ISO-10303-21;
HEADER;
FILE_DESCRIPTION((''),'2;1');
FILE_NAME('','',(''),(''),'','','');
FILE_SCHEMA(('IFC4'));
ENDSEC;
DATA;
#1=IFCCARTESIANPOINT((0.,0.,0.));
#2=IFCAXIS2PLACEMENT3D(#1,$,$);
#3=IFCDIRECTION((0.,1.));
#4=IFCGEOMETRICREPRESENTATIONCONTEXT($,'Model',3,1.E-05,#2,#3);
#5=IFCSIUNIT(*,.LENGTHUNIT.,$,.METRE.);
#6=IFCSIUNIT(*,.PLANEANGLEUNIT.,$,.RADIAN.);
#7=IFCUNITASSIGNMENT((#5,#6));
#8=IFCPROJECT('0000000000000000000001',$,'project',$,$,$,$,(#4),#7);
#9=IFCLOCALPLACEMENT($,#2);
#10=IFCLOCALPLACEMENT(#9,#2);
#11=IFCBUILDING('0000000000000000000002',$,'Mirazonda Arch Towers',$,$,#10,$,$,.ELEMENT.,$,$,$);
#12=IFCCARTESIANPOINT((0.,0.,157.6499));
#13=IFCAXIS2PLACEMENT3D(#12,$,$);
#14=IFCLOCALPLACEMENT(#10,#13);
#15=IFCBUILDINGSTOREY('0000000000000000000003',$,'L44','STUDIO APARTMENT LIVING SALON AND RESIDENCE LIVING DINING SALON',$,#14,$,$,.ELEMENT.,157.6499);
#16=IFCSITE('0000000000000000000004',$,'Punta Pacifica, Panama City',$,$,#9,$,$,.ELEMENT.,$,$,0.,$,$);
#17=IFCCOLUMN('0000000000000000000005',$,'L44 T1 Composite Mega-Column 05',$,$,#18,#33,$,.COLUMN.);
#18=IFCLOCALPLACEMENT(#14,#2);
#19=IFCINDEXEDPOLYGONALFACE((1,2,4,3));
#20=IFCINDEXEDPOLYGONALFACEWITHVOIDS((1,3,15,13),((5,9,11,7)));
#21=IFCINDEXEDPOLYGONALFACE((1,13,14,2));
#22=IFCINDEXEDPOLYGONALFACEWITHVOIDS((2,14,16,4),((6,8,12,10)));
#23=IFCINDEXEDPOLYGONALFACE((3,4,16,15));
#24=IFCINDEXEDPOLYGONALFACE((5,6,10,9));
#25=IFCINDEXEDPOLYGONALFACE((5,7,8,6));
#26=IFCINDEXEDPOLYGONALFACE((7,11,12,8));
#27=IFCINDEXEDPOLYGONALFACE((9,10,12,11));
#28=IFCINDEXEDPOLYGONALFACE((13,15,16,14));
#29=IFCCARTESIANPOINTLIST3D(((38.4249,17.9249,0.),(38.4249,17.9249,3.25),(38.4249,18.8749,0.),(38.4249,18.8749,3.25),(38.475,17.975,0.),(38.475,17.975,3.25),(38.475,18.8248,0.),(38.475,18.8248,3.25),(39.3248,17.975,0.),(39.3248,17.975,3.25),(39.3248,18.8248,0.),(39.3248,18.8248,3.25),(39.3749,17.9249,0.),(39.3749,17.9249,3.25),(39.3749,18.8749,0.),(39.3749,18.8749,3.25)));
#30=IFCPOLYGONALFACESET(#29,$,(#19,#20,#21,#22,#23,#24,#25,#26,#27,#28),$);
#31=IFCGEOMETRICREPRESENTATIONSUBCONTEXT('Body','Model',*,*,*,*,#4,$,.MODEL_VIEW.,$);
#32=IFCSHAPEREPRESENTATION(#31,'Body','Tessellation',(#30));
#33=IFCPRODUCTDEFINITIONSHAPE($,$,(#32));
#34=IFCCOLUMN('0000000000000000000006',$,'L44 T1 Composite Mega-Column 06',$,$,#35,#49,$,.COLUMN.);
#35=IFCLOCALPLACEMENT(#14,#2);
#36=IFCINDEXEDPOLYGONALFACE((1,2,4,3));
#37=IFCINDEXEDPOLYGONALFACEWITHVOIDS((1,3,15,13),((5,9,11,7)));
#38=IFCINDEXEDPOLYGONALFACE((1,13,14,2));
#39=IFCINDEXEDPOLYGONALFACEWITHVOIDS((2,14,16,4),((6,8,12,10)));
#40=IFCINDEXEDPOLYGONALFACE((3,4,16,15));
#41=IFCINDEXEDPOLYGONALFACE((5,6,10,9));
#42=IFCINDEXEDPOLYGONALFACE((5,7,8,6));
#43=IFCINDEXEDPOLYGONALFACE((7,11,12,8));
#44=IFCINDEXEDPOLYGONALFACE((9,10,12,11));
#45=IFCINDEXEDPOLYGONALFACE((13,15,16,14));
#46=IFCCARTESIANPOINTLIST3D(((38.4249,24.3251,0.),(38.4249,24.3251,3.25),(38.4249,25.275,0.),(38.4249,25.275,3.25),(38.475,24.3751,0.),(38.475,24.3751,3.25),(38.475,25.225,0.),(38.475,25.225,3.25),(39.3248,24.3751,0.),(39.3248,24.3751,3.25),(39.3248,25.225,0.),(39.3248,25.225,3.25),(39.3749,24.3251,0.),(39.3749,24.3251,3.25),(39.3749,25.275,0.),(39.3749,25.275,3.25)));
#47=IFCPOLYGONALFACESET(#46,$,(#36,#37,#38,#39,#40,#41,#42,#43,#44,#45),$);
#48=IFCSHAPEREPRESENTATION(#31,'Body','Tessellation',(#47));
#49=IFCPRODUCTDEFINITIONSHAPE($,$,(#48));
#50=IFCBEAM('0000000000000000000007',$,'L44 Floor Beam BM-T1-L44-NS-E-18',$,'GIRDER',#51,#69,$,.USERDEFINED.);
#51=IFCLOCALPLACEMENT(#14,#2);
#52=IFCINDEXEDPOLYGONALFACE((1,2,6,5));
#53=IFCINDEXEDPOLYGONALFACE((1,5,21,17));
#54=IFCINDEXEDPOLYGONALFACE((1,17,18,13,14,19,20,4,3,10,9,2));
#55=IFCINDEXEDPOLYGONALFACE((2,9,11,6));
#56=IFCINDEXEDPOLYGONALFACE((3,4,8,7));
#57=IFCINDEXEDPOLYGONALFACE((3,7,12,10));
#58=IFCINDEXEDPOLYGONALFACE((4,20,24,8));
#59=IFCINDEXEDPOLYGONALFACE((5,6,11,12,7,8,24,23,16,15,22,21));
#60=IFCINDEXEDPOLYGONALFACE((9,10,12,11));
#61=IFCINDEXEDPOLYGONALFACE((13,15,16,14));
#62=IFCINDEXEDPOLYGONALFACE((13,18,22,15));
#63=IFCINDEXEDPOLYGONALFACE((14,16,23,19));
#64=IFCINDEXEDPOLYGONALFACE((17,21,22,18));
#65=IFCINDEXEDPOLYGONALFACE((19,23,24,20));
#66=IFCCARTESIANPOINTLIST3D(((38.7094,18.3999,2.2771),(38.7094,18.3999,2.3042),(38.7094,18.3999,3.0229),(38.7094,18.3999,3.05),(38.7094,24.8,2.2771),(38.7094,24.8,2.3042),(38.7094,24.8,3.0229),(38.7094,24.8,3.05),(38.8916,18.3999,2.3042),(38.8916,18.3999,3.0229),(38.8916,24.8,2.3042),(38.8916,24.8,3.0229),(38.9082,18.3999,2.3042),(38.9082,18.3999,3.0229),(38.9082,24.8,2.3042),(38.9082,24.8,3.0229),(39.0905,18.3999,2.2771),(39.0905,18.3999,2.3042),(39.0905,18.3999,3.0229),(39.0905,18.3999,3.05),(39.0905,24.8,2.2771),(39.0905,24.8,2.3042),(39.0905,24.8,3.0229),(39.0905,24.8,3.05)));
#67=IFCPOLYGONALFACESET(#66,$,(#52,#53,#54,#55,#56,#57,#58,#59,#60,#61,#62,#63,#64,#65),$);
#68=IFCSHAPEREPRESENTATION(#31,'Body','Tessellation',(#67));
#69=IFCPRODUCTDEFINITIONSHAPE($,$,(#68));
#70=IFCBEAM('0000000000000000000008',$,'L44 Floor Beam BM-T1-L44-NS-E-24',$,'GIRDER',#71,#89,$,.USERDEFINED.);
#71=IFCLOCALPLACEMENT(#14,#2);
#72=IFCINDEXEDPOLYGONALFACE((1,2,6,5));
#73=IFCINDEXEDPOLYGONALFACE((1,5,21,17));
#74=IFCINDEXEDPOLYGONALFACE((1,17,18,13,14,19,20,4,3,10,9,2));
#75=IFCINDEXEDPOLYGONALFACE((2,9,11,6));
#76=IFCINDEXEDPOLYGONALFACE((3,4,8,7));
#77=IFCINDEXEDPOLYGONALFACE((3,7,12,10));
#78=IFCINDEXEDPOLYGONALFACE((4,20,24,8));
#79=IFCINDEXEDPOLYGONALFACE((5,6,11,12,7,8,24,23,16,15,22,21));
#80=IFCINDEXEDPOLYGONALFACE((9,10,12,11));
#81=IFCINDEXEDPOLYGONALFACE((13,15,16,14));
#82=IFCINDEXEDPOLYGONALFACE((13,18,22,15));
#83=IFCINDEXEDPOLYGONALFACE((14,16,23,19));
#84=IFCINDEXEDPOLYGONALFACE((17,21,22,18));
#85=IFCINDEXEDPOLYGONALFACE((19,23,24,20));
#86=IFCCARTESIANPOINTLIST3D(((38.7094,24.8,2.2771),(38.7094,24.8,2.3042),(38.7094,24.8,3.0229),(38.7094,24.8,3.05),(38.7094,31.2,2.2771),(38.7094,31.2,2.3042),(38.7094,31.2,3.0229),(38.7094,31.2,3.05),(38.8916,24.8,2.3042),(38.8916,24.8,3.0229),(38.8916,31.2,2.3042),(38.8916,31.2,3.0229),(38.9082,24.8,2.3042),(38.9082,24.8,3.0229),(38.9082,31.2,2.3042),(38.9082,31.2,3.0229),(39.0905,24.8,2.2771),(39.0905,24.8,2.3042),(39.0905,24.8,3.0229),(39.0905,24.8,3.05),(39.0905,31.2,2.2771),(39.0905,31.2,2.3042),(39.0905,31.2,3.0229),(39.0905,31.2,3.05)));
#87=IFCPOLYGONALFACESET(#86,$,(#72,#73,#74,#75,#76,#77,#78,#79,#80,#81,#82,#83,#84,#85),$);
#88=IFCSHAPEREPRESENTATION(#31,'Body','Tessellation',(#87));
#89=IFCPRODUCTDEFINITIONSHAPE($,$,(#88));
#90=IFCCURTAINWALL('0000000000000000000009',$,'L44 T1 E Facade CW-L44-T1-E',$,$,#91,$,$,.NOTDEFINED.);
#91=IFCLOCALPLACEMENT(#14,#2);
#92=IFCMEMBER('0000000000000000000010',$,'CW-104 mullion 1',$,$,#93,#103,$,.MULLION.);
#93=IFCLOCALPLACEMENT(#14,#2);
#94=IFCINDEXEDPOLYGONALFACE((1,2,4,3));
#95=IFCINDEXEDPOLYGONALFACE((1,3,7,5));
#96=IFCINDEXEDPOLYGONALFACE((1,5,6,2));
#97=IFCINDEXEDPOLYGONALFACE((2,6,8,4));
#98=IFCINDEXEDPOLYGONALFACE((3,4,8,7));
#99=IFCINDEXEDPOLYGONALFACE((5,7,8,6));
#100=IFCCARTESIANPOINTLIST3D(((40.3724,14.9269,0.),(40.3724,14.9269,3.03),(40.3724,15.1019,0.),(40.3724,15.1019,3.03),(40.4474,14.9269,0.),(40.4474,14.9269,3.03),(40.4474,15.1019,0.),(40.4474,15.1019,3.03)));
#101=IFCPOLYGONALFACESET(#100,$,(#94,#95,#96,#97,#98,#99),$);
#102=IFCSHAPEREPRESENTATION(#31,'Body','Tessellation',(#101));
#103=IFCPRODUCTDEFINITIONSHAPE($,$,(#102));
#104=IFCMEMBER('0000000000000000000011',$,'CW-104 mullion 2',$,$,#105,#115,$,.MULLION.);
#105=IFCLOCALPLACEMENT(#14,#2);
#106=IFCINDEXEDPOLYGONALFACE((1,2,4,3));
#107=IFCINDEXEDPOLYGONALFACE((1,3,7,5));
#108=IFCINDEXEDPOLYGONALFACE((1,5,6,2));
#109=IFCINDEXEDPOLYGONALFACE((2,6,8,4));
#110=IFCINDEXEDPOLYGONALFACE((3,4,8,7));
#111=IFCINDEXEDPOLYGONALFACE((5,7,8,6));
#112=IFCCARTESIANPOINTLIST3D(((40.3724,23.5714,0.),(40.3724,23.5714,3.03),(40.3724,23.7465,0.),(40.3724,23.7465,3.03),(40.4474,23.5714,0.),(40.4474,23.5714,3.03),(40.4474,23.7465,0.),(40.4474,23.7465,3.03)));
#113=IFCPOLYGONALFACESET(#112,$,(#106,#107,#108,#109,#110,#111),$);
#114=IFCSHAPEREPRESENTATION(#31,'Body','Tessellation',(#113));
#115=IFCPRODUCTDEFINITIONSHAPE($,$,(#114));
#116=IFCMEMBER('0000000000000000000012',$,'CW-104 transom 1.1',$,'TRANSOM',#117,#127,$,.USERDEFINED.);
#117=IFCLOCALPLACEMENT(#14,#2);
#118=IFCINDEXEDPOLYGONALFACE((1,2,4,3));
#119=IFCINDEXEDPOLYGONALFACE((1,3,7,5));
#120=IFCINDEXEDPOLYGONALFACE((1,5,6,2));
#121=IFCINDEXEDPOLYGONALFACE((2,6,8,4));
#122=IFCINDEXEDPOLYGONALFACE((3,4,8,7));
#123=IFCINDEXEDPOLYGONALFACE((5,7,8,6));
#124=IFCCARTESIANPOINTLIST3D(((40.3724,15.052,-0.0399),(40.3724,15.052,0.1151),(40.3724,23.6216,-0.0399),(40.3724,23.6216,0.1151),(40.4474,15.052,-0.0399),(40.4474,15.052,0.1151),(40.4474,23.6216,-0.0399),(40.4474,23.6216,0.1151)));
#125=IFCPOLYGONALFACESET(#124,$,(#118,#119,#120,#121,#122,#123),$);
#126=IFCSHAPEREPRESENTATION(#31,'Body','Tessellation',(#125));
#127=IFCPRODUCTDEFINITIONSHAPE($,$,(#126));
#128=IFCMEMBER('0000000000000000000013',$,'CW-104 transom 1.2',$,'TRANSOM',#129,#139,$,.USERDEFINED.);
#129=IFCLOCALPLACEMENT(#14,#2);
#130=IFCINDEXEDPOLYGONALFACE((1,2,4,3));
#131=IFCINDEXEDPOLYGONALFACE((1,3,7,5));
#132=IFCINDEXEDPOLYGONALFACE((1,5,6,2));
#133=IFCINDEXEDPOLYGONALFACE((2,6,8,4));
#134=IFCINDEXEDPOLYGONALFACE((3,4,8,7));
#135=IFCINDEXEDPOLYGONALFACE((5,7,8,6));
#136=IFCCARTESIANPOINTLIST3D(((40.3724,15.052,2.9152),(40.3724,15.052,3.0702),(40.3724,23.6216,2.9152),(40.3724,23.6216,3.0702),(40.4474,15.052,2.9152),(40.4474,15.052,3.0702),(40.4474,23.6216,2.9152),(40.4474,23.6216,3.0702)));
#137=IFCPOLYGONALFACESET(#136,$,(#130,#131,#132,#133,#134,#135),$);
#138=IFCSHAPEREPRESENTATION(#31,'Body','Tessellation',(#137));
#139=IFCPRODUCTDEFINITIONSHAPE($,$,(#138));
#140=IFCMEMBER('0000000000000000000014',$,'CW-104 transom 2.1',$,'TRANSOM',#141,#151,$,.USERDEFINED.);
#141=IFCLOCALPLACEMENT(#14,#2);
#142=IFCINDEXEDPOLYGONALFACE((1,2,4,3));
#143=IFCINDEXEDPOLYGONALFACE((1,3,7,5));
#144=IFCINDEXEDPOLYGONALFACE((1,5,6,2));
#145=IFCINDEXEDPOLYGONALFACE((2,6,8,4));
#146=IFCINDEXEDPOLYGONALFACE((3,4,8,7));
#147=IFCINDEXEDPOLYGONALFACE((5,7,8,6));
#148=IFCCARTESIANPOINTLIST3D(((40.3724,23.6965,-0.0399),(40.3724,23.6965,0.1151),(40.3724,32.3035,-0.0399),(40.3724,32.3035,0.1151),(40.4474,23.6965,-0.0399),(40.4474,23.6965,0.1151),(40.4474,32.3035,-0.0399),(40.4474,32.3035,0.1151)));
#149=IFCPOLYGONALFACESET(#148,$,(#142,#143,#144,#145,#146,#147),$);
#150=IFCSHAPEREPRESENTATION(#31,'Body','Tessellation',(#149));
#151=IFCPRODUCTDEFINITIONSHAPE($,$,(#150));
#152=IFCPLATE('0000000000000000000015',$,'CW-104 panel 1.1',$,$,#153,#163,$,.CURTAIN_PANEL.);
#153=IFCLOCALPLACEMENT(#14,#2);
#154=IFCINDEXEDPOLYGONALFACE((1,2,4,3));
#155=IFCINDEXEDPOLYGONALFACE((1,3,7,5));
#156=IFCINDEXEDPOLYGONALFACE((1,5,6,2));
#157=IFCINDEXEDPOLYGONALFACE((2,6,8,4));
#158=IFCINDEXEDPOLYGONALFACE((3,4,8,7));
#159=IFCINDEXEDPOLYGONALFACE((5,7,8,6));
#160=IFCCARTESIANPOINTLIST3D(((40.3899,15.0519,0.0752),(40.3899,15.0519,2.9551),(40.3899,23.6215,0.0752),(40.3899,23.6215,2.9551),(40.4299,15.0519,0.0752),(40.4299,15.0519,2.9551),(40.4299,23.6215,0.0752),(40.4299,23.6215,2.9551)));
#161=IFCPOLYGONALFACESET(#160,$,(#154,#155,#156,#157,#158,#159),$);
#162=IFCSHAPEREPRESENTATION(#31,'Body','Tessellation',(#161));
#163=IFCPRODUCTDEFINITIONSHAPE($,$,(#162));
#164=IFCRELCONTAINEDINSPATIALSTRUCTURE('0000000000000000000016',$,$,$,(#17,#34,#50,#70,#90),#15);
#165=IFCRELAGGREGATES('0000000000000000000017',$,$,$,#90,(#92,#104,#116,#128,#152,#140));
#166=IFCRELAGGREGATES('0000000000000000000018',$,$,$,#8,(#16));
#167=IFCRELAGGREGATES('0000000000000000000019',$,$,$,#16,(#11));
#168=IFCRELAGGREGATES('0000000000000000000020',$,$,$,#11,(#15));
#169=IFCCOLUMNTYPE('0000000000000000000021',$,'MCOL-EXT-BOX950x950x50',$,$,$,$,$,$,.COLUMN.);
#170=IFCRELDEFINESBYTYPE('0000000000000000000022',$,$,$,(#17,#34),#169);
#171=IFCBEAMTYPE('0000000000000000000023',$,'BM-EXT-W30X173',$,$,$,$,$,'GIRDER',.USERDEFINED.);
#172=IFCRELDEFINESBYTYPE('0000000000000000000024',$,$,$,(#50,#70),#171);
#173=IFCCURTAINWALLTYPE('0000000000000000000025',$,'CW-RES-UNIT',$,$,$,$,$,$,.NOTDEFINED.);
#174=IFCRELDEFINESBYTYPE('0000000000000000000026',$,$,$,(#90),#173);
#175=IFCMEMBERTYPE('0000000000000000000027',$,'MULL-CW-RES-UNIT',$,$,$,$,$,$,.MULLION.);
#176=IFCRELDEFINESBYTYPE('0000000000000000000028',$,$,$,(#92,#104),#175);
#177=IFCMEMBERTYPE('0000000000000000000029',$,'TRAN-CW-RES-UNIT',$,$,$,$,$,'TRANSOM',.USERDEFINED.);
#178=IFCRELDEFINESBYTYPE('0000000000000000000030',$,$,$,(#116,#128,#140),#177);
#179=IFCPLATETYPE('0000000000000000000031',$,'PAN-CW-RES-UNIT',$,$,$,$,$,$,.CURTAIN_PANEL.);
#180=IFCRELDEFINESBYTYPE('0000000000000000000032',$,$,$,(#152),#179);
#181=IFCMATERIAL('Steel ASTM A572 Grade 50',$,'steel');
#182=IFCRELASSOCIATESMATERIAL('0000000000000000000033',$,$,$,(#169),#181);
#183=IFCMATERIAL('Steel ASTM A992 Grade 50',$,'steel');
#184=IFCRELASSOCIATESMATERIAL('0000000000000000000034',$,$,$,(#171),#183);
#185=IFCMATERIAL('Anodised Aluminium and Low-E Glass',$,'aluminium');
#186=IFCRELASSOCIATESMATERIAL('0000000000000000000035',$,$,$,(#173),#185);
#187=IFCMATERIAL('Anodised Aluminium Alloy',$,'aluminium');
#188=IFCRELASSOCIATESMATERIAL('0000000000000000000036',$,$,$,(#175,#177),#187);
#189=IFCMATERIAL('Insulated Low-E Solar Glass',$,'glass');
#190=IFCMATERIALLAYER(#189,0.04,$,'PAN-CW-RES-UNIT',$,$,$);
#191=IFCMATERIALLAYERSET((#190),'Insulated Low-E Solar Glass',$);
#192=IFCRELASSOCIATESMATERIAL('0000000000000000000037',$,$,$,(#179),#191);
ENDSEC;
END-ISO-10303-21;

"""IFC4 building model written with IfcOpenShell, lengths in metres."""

from ifc_helpers import new_model, si_unit, direction, frame, origin, origin_2d, place, context, subcontext, project, spatial, rectangle, hollow_rectangle, i_section, extrude, material, layer, layer_set, material_profile, profile_set, type_object, element, aggregate, save


model = new_model("IFC4")

# Units and contexts
model_context = context("Model", 3, precision=1e-05, world=origin(), true_north=direction((0.0, 1.0)))
body_context = subcontext(model_context, "Body", "Model", "MODEL_VIEW")
ifc_project = project(units=[si_unit("LENGTHUNIT", "METRE"), si_unit("PLANEANGLEUNIT", "RADIAN")], contexts=[model_context])

# Site, building, storey
site_placement = place(None, origin())
site = spatial("IfcSite", under=ifc_project, at=site_placement, Name="Punta Pacifica, Panama City", CompositionType="ELEMENT", RefElevation=0.0)
building_placement = place(site_placement, origin())
building = spatial("IfcBuilding", under=site, at=building_placement, Name="Mirazonda Arch Towers", CompositionType="ELEMENT")
storey_placement = place(building_placement, frame((0.0, 0.0, 157.6499)))
storey = spatial("IfcBuildingStorey", under=building, at=storey_placement, Name="L44", Description="STUDIO APARTMENT LIVING SALON AND RESIDENCE LIVING DINING SALON", CompositionType="ELEMENT", Elevation=157.6499)

# Columns
ifc_material_1 = material(Name="Steel ASTM A572 Grade 50", Category="steel")
ifc_material_profile_1 = material_profile(ifc_material_1, hollow_rectangle(XDim=0.95, YDim=0.95, WallThickness=0.05, at=origin_2d()), Name="BOX950x950x50")
ifc_profile_set_1 = profile_set([ifc_material_profile_1], Name="Steel ASTM A572 Grade 50")
column_type = type_object("IfcColumnType", Name="MCOL-EXT-BOX950x950x50", PredefinedType="COLUMN", material=ifc_profile_set_1)
for number, where, z_axis, x_axis, name in (
    (1, (38.8999, 18.3999, 0.0), (0.0, 0.0, 1.0), (1.0, 0.0, 0.0), "L44 T1 Composite Mega-Column 05"),
    (2, (38.8999, 24.8, 0.0), (0.0, 0.0, 1.0), (1.0, 0.0, 0.0), "L44 T1 Composite Mega-Column 06"),
):
    element("IfcColumn", number, at=place(storey_placement, frame(where, z_axis=z_axis, x_axis=x_axis)), inside=storey, type_object=column_type, Name=name, PredefinedType="COLUMN", context=body_context, shape_type="SweptSolid", body=[
        extrude(hollow_rectangle(XDim=0.95, YDim=0.95, WallThickness=0.05, at=origin_2d()), origin(), (0.0, 0.0, 1.0), 3.25),
    ])

# Beams
ifc_material_2 = material(Name="Steel ASTM A992 Grade 50", Category="steel")
ifc_material_profile_2 = material_profile(ifc_material_2, i_section(OverallWidth=0.3811, OverallDepth=0.7729, WebThickness=0.0166, FlangeThickness=0.0271, at=origin_2d()), Name="W30X173")
ifc_profile_set_2 = profile_set([ifc_material_profile_2], Name="Steel ASTM A992 Grade 50")
beam_type = type_object("IfcBeamType", Name="BM-EXT-W30X173", ElementType="GIRDER", PredefinedType="USERDEFINED", material=ifc_profile_set_2)
beam_1_placement = place(storey_placement, frame((38.8999, 18.3999, 2.6636), z_axis=(0.0, 1.0, 0.0), x_axis=(-1.0, 0.0, 0.0)))
element("IfcBeam", 3, at=beam_1_placement, inside=storey, type_object=beam_type, Name="L44 Floor Beam BM-T1-L44-NS-E-18", ObjectType="GIRDER", PredefinedType="USERDEFINED", context=body_context, shape_type="SweptSolid", body=[
    extrude(i_section(OverallWidth=0.3811, OverallDepth=0.7729, WebThickness=0.0166, FlangeThickness=0.0271, at=origin_2d()), origin(), (0.0, 0.0, 1.0), 6.4001),
])
beam_2_placement = place(storey_placement, frame((38.8999, 24.8, 2.6636), z_axis=(0.0, 1.0, 0.0), x_axis=(-1.0, 0.0, 0.0)))
element("IfcBeam", 4, at=beam_2_placement, inside=storey, type_object=beam_type, Name="L44 Floor Beam BM-T1-L44-NS-E-24", ObjectType="GIRDER", PredefinedType="USERDEFINED", context=body_context, shape_type="SweptSolid", body=[
    extrude(i_section(OverallWidth=0.3811, OverallDepth=0.7729, WebThickness=0.0166, FlangeThickness=0.0271, at=origin_2d()), origin(), (0.0, 0.0, 1.0), 6.3999),
])

# Curtain wall, members, plate
ifc_material_3 = material(Name="Anodised Aluminium and Low-E Glass", Category="aluminium")
curtain_wall_type = type_object("IfcCurtainWallType", Name="CW-RES-UNIT", PredefinedType="NOTDEFINED", material=ifc_material_3)
curtain_wall_placement = place(storey_placement, origin())
curtain_wall = element("IfcCurtainWall", 5, at=curtain_wall_placement, inside=storey, type_object=curtain_wall_type, Name="L44 T1 E Facade CW-L44-T1-E", PredefinedType="NOTDEFINED")
ifc_material_4 = material(Name="Anodised Aluminium Alloy", Category="aluminium")
ifc_material_profile_3 = material_profile(ifc_material_4, rectangle(XDim=0.075, YDim=0.175, at=origin_2d()), Name="ALU-MULL-75x175")
ifc_profile_set_3 = profile_set([ifc_material_profile_3], Name="Anodised Aluminium Alloy")
member_type_1 = type_object("IfcMemberType", Name="MULL-CW-RES-UNIT", PredefinedType="MULLION", material=ifc_profile_set_3)
member_1_placement = place(storey_placement, frame((40.4099, 15.0144, 0.0), z_axis=(0.0, 0.0, 1.0), x_axis=(-1.0, 0.0, 0.0)))
member_1 = element("IfcMember", 6, at=member_1_placement, type_object=member_type_1, Name="CW-104 mullion 1", PredefinedType="MULLION", context=body_context, shape_type="SweptSolid", body=[
    extrude(rectangle(XDim=0.075, YDim=0.175, at=origin_2d()), origin(), (0.0, 0.0, 1.0), 3.03),
])
member_2_placement = place(storey_placement, frame((40.4099, 23.6589, 0.0), z_axis=(0.0, 0.0, 1.0), x_axis=(-1.0, 0.0, 0.0)))
member_2 = element("IfcMember", 7, at=member_2_placement, type_object=member_type_1, Name="CW-104 mullion 2", PredefinedType="MULLION", context=body_context, shape_type="SweptSolid", body=[
    extrude(rectangle(XDim=0.075, YDim=0.175, at=origin_2d()), origin(), (0.0, 0.0, 1.0), 3.03),
])
ifc_material_profile_4 = material_profile(ifc_material_4, rectangle(XDim=0.075, YDim=0.155, at=origin_2d()), Name="ALU-TRAN-75x155")
ifc_profile_set_4 = profile_set([ifc_material_profile_4], Name="Anodised Aluminium Alloy")
member_type_2 = type_object("IfcMemberType", Name="TRAN-CW-RES-UNIT", ElementType="TRANSOM", PredefinedType="USERDEFINED", material=ifc_profile_set_4)
member_3_placement = place(storey_placement, frame((40.4099, 15.052, 0.0376), z_axis=(0.0, 1.0, 0.0), x_axis=(-1.0, 0.0, 0.0)))
member_3 = element("IfcMember", 8, at=member_3_placement, type_object=member_type_2, Name="CW-104 transom 1.1", ObjectType="TRANSOM", PredefinedType="USERDEFINED", context=body_context, shape_type="SweptSolid", body=[
    extrude(rectangle(XDim=0.075, YDim=0.155, at=origin_2d()), origin(), (0.0, 0.0, 1.0), 8.5696),
])
member_4_placement = place(storey_placement, frame((40.4099, 15.052, 2.9927), z_axis=(0.0, 1.0, 0.0), x_axis=(-1.0, 0.0, 0.0)))
member_4 = element("IfcMember", 9, at=member_4_placement, type_object=member_type_2, Name="CW-104 transom 1.2", ObjectType="TRANSOM", PredefinedType="USERDEFINED", context=body_context, shape_type="SweptSolid", body=[
    extrude(rectangle(XDim=0.075, YDim=0.155, at=origin_2d()), origin(), (0.0, 0.0, 1.0), 8.5696),
])
member_5_placement = place(storey_placement, frame((40.4099, 23.6965, 0.0376), z_axis=(0.0, 1.0, 0.0), x_axis=(-1.0, 0.0, 0.0)))
member_5 = element("IfcMember", 10, at=member_5_placement, type_object=member_type_2, Name="CW-104 transom 2.1", ObjectType="TRANSOM", PredefinedType="USERDEFINED", context=body_context, shape_type="SweptSolid", body=[
    extrude(rectangle(XDim=0.075, YDim=0.155, at=origin_2d()), origin(), (0.0, 0.0, 1.0), 8.6069),
])
ifc_material_5 = material(Name="Insulated Low-E Solar Glass", Category="glass")
ifc_layer_1 = layer(ifc_material_5, 0.04, Name="PAN-CW-RES-UNIT")
ifc_layer_set_1 = layer_set([ifc_layer_1], Name="Insulated Low-E Solar Glass")
plate_type = type_object("IfcPlateType", Name="PAN-CW-RES-UNIT", PredefinedType="CURTAIN_PANEL", material=ifc_layer_set_1)
plate_placement = place(storey_placement, frame((40.4099, 19.3367, 0.0752), z_axis=(0.0, 0.0, 1.0), x_axis=(0.0, 1.0, 0.0)))
plate = element("IfcPlate", 11, at=plate_placement, type_object=plate_type, Name="CW-104 panel 1.1", PredefinedType="CURTAIN_PANEL", context=body_context, shape_type="SweptSolid", body=[
    extrude(rectangle(XDim=8.5696, YDim=0.04, at=origin_2d()), origin(), (0.0, 0.0, 1.0), 2.8799),
])
aggregate(curtain_wall, [member_1, member_2, member_3, member_4, plate, member_5])

save(model, "model.ifc")
